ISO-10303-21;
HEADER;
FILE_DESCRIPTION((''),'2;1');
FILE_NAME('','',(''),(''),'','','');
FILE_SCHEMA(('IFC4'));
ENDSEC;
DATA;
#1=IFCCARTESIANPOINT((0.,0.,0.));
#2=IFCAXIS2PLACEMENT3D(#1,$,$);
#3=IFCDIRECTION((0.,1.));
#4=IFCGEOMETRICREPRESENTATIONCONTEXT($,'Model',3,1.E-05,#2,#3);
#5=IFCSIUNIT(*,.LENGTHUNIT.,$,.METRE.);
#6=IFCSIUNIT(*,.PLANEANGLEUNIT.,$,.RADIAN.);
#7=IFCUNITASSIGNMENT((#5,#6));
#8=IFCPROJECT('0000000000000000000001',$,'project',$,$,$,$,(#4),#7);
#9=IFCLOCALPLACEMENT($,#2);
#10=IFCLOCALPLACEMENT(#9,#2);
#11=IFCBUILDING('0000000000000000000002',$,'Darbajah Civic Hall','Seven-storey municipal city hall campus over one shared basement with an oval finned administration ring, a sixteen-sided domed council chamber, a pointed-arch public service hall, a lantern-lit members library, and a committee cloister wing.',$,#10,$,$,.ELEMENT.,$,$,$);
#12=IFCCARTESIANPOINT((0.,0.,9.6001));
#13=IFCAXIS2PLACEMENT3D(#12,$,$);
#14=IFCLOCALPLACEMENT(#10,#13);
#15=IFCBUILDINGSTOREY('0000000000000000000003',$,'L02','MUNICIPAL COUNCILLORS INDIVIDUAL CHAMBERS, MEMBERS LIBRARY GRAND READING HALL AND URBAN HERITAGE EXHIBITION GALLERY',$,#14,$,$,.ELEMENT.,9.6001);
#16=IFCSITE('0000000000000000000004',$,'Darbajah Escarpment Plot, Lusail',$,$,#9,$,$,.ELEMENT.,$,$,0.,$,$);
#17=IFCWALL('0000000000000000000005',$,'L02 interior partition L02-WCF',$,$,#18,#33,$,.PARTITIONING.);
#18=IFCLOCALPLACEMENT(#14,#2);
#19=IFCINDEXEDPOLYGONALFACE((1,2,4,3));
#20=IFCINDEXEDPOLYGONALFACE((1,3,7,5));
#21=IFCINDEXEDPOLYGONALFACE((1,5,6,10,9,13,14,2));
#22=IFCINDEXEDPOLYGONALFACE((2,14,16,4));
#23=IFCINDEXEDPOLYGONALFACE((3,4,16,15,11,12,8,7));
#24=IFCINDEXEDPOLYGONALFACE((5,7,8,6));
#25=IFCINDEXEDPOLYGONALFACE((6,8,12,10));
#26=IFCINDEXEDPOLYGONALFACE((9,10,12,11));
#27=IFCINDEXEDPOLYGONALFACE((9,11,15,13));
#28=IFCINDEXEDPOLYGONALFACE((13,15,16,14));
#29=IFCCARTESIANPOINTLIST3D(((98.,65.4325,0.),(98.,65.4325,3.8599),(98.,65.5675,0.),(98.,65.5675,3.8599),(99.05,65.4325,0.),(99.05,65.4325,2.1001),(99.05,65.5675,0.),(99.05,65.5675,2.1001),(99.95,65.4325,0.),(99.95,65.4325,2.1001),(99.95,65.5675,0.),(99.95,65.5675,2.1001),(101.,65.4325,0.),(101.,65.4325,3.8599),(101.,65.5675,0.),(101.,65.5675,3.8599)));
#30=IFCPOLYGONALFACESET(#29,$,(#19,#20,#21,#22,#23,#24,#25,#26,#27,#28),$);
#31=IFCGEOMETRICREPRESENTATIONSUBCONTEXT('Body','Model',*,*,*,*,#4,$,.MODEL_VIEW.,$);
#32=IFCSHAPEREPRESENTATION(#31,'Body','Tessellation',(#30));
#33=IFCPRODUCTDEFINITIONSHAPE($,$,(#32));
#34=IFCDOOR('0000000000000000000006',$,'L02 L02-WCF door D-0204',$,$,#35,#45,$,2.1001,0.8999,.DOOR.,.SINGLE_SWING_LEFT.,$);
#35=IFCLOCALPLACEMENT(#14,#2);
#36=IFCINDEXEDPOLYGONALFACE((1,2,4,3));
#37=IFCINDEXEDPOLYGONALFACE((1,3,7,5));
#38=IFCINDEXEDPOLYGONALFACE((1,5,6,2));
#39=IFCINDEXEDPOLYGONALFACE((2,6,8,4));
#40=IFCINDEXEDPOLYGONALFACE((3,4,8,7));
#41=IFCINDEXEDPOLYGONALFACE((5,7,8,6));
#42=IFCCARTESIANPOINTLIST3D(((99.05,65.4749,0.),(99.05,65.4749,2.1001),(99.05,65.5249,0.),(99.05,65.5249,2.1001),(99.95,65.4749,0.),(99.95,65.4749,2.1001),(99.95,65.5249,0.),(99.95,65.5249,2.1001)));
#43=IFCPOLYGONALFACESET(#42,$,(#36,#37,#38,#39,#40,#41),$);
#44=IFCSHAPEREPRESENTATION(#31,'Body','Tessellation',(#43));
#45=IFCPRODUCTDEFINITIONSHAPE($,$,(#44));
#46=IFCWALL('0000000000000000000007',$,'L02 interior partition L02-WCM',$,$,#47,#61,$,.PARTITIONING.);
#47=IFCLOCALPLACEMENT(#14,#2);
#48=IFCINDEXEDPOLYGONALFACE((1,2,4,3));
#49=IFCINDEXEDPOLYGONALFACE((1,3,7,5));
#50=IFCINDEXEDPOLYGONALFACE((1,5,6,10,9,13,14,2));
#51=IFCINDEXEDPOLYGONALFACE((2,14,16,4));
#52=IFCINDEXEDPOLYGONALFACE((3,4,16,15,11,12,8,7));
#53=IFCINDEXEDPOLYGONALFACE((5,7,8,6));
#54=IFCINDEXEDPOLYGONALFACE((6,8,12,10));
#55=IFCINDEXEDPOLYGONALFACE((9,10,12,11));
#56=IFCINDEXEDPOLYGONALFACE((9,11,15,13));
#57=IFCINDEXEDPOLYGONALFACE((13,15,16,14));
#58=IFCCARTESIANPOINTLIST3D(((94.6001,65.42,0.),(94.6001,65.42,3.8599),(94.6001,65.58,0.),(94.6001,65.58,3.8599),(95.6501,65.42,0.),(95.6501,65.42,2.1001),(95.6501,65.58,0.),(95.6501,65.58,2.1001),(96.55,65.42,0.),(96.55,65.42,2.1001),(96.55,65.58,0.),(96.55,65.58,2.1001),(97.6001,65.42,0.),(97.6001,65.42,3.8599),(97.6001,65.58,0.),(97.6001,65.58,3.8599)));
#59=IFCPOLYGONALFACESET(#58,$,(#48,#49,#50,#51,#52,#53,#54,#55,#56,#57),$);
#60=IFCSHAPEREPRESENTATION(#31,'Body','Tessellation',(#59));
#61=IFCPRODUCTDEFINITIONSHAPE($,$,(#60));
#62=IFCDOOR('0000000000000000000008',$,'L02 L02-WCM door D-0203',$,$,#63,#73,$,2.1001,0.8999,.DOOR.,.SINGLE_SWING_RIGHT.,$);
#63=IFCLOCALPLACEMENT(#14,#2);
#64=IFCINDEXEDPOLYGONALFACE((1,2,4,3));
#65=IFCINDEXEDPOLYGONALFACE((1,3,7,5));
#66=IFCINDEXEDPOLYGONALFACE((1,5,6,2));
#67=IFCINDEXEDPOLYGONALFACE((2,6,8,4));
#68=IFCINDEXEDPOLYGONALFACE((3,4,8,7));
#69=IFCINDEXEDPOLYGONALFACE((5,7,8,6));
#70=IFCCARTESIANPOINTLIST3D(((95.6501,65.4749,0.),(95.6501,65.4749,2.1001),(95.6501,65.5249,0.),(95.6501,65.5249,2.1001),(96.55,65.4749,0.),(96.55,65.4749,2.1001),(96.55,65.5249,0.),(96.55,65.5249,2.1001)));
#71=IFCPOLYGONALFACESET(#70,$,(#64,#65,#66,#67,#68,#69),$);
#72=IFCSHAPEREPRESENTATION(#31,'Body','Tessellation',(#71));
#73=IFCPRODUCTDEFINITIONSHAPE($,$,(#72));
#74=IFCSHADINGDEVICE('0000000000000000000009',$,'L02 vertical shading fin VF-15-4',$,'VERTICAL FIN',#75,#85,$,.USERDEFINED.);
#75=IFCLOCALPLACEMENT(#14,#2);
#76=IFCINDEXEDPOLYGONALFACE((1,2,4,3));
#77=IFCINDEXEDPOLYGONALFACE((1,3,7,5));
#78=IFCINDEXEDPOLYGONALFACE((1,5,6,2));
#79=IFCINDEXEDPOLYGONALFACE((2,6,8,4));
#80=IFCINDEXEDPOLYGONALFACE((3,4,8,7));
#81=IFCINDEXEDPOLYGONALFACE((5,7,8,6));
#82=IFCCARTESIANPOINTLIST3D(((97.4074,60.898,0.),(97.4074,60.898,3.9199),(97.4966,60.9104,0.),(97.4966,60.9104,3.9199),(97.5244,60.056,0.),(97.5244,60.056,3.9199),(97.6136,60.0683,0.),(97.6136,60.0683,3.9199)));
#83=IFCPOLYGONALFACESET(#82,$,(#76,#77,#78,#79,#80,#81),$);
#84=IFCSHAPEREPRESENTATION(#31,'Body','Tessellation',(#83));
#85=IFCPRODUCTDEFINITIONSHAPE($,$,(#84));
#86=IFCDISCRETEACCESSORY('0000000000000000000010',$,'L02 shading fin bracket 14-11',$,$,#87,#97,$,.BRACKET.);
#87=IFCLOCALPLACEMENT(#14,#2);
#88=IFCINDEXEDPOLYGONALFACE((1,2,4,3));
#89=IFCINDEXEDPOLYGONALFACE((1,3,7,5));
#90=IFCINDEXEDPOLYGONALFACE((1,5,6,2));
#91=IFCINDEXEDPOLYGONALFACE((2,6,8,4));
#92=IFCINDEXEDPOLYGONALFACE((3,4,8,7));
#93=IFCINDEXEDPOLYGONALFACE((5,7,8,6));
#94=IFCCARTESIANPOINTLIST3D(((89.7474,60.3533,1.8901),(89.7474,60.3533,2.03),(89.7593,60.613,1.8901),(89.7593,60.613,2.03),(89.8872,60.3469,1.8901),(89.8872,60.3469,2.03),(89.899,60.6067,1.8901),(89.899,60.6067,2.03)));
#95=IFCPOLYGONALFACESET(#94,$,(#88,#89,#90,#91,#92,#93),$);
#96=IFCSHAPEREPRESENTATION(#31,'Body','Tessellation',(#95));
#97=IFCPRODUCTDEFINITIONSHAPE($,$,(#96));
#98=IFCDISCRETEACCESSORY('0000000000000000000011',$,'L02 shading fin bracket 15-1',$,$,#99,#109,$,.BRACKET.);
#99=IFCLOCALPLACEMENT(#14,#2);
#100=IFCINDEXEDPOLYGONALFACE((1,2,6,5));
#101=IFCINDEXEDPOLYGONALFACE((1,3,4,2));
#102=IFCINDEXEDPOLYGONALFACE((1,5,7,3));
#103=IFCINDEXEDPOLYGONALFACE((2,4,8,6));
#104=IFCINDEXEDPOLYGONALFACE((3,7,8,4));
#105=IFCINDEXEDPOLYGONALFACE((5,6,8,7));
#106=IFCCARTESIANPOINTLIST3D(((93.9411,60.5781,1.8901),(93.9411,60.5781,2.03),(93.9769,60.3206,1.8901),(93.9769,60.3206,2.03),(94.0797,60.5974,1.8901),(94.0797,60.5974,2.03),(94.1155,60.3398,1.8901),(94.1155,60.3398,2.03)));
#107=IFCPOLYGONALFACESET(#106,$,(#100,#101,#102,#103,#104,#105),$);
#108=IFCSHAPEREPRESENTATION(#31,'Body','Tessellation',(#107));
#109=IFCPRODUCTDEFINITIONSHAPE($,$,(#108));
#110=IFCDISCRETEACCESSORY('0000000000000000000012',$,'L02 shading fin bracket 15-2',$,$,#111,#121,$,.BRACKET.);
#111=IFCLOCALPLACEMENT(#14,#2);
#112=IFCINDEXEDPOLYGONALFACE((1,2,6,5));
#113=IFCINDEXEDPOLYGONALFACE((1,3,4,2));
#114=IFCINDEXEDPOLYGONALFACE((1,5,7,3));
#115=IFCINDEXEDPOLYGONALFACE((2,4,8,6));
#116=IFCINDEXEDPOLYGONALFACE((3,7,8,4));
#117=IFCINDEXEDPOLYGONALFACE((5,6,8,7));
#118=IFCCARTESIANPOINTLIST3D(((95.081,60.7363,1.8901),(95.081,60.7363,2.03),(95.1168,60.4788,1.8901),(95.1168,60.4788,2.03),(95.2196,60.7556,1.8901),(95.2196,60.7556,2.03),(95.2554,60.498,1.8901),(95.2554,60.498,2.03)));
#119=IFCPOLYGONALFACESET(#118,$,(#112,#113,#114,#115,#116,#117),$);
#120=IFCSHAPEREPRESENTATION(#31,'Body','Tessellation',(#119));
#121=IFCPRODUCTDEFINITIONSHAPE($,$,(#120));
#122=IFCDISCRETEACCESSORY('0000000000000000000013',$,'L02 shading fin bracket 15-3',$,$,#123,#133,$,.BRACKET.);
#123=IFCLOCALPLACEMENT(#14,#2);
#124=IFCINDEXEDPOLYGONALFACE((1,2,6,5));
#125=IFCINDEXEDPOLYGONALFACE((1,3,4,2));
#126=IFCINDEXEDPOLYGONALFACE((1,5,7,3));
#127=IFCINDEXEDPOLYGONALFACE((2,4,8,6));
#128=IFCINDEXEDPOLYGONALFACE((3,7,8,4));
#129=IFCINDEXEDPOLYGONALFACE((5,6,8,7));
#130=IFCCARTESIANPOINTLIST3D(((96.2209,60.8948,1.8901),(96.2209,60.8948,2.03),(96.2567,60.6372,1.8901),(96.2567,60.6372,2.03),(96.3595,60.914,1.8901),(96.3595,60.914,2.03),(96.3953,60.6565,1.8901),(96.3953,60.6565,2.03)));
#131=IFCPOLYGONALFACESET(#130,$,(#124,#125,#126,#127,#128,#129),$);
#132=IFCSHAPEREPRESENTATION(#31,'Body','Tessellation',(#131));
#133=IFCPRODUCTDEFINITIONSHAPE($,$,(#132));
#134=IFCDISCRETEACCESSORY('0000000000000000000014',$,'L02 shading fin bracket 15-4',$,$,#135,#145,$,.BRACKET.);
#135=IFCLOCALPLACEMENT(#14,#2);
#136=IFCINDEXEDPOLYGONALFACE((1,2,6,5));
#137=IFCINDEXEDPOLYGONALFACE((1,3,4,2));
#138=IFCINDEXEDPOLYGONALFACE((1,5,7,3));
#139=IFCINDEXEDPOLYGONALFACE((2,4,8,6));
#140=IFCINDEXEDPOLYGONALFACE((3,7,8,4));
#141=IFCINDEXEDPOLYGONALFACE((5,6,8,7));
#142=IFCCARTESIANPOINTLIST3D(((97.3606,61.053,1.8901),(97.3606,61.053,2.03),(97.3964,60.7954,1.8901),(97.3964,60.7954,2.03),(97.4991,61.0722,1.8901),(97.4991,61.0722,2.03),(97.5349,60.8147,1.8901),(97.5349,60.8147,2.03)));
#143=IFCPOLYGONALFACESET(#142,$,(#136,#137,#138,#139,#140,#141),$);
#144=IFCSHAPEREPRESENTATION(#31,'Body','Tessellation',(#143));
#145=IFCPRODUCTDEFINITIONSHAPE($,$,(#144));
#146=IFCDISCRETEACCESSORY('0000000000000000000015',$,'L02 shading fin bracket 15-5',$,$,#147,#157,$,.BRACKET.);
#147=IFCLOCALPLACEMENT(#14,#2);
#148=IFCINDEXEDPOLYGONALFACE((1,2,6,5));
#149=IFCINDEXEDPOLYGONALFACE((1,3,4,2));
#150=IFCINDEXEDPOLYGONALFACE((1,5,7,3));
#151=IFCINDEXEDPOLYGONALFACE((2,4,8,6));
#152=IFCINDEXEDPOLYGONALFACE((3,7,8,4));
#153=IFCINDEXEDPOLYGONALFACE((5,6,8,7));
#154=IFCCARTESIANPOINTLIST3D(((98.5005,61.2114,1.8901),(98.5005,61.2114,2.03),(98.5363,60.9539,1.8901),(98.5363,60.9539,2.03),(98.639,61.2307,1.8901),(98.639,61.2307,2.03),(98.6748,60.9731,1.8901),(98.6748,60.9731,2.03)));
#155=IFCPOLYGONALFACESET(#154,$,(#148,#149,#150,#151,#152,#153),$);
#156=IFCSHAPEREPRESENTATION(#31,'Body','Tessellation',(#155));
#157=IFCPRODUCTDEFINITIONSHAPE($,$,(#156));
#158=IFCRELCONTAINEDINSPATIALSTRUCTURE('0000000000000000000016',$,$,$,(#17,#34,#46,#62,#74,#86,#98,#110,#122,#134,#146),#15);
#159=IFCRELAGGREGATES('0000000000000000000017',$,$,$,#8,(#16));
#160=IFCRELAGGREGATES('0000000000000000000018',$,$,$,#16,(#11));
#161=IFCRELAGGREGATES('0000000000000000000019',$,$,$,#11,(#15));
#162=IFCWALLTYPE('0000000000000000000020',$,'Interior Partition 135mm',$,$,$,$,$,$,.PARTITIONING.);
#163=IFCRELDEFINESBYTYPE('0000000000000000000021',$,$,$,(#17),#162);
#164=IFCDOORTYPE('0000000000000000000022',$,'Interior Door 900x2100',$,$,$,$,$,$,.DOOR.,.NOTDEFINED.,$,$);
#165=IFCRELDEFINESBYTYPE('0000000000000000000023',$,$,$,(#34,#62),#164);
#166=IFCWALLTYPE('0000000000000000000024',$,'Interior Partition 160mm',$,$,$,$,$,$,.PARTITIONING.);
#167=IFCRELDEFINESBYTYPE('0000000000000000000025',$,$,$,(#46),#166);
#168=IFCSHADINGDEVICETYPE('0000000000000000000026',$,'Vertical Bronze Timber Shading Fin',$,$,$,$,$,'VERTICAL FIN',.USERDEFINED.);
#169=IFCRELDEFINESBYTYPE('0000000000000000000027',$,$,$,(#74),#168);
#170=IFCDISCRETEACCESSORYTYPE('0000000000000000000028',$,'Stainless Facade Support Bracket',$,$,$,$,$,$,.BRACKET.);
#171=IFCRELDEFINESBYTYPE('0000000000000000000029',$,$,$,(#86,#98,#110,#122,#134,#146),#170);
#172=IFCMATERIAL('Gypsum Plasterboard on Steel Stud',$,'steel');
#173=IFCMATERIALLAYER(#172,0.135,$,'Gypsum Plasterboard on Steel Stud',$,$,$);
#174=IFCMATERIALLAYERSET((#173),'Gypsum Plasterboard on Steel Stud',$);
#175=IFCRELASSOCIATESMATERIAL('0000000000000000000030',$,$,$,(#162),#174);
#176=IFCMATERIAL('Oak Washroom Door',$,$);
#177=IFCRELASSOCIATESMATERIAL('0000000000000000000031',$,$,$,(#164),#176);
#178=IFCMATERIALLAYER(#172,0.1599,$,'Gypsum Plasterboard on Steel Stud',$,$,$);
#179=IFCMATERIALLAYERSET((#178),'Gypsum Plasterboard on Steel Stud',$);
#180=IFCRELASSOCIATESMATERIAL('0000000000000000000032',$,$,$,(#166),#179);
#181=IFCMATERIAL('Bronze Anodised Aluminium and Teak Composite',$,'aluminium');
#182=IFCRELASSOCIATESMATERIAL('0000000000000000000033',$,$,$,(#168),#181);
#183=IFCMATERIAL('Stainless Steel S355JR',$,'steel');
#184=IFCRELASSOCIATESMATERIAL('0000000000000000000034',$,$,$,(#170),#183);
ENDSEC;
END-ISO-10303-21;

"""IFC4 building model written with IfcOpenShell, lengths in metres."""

from ifc_helpers import new_model, si_unit, direction, frame, frame_2d, origin, origin_2d, place, context, subcontext, project, spatial, rectangle, extrude, material, layer, layer_set, type_object, element, fill, save


model = new_model("IFC4")

# Units and contexts
model_context = context("Model", 3, precision=1e-05, world=origin(), true_north=direction((0.0, 1.0)))
body_context = subcontext(model_context, "Body", "Model", "MODEL_VIEW")
ifc_project = project(units=[si_unit("LENGTHUNIT", "METRE"), si_unit("PLANEANGLEUNIT", "RADIAN")], contexts=[model_context])

# Site, building, storey
site_placement = place(None, origin())
site = spatial("IfcSite", under=ifc_project, at=site_placement, Name="Darbajah Escarpment Plot, Lusail", CompositionType="ELEMENT", RefElevation=0.0)
building_placement = place(site_placement, origin())
building = spatial("IfcBuilding", under=site, at=building_placement, Name="Darbajah Civic Hall", Description="Seven-storey municipal city hall campus over one shared basement with an oval finned administration ring, a sixteen-sided domed council chamber, a pointed-arch public service hall, a lantern-lit members library, and a committee cloister wing.", CompositionType="ELEMENT")
storey_placement = place(building_placement, frame((0.0, 0.0, 9.6001)))
storey = spatial("IfcBuildingStorey", under=building, at=storey_placement, Name="L02", Description="MUNICIPAL COUNCILLORS INDIVIDUAL CHAMBERS, MEMBERS LIBRARY GRAND READING HALL AND URBAN HERITAGE EXHIBITION GALLERY", CompositionType="ELEMENT", Elevation=9.6001)

# Shared definitions
ifc_material_1 = material(Name="Gypsum Plasterboard on Steel Stud", Category="steel")
ifc_layer_1 = layer(ifc_material_1, 0.135, Name="Gypsum Plasterboard on Steel Stud")
ifc_layer_set_1 = layer_set([ifc_layer_1], Name="Gypsum Plasterboard on Steel Stud")
wall_type_1 = type_object("IfcWallType", Name="Interior Partition 135mm", PredefinedType="PARTITIONING", material=ifc_layer_set_1)

# Walls, openings, doors
wall_1_placement = place(storey_placement, frame((98.0, 65.5, 0.0), z_axis=(0.0, 0.0, 1.0), x_axis=(1.0, 0.0, 0.0)))
wall_1 = element("IfcWall", 1, at=wall_1_placement, inside=storey, type_object=wall_type_1, Name="L02 interior partition L02-WCF", PredefinedType="PARTITIONING", context=body_context, shape_type="SweptSolid", body=[
    extrude(rectangle(XDim=3.0, YDim=0.135, at=frame_2d((1.5, 0.0))), origin(), (0.0, 0.0, 1.0), 3.8599),
])
opening_1_placement = place(wall_1_placement, frame((1.05, 0.0, 0.0)))
opening_1 = element("IfcOpeningElement", 2, at=opening_1_placement, cuts=wall_1, PredefinedType="OPENING", context=body_context, shape_type="SweptSolid", body=[
    extrude(rectangle(XDim=0.8999, YDim=2.1001, at=frame_2d((0.45, 1.05))), frame((0.0, 0.0774, 0.0), z_axis=(0.0, -1.0, 0.0), x_axis=(1.0, 0.0, 0.0)), (0.0, 0.0, 1.0), 0.155),
])
ifc_material_2 = material(Name="Oak Washroom Door")
door_type = type_object("IfcDoorType", Name="Interior Door 900x2100", OperationType="NOTDEFINED", PredefinedType="DOOR", material=ifc_material_2)
door_1_placement = place(opening_1_placement, origin())
door_1 = element("IfcDoor", 3, at=door_1_placement, inside=storey, type_object=door_type, Name="L02 L02-WCF door D-0204", OperationType="SINGLE_SWING_LEFT", OverallHeight=2.1001, OverallWidth=0.8999, PredefinedType="DOOR", context=body_context, shape_type="SweptSolid", body=[
    extrude(rectangle(XDim=0.8999, YDim=2.1001, at=frame_2d((0.45, 1.05))), frame((0.0, 0.0249, 0.0), z_axis=(0.0, -1.0, 0.0), x_axis=(1.0, 0.0, 0.0)), (0.0, 0.0, 1.0), 0.05),
])
fill(opening_1, door_1)
ifc_layer_2 = layer(ifc_material_1, 0.1599, Name="Gypsum Plasterboard on Steel Stud")
ifc_layer_set_2 = layer_set([ifc_layer_2], Name="Gypsum Plasterboard on Steel Stud")
wall_type_2 = type_object("IfcWallType", Name="Interior Partition 160mm", PredefinedType="PARTITIONING", material=ifc_layer_set_2)
wall_2_placement = place(storey_placement, frame((94.6001, 65.5, 0.0), z_axis=(0.0, 0.0, 1.0), x_axis=(1.0, 0.0, 0.0)))
wall_2 = element("IfcWall", 4, at=wall_2_placement, inside=storey, type_object=wall_type_2, Name="L02 interior partition L02-WCM", PredefinedType="PARTITIONING", context=body_context, shape_type="SweptSolid", body=[
    extrude(rectangle(XDim=3.0, YDim=0.1599, at=frame_2d((1.5, 0.0))), origin(), (0.0, 0.0, 1.0), 3.8599),
])
opening_2_placement = place(wall_2_placement, frame((1.05, 0.0, 0.0)))
opening_2 = element("IfcOpeningElement", 5, at=opening_2_placement, cuts=wall_2, PredefinedType="OPENING", context=body_context, shape_type="SweptSolid", body=[
    extrude(rectangle(XDim=0.8999, YDim=2.1001, at=frame_2d((0.45, 1.05))), frame((0.0, 0.0898, 0.0), z_axis=(0.0, -1.0, 0.0), x_axis=(1.0, 0.0, 0.0)), (0.0, 0.0, 1.0), 0.1799),
])
door_2_placement = place(opening_2_placement, origin())
door_2 = element("IfcDoor", 6, at=door_2_placement, inside=storey, type_object=door_type, Name="L02 L02-WCM door D-0203", OperationType="SINGLE_SWING_RIGHT", OverallHeight=2.1001, OverallWidth=0.8999, PredefinedType="DOOR", context=body_context, shape_type="SweptSolid", body=[
    extrude(rectangle(XDim=0.8999, YDim=2.1001, at=frame_2d((0.45, 1.05))), frame((0.0, 0.0249, 0.0), z_axis=(0.0, -1.0, 0.0), x_axis=(1.0, 0.0, 0.0)), (0.0, 0.0, 1.0), 0.05),
])
fill(opening_2, door_2)

# Shading device
ifc_material_3 = material(Name="Bronze Anodised Aluminium and Teak Composite", Category="aluminium")
shading_device_type = type_object("IfcShadingDeviceType", Name="Vertical Bronze Timber Shading Fin", ElementType="VERTICAL FIN", PredefinedType="USERDEFINED", material=ifc_material_3)
shading_device_placement = place(storey_placement, frame((97.5105, 60.4832, 0.0), z_axis=(0.0, 0.0, 1.0), x_axis=(0.137617, -0.990485, 0.0)))
element("IfcShadingDevice", 7, at=shading_device_placement, inside=storey, type_object=shading_device_type, Name="L02 vertical shading fin VF-15-4", ObjectType="VERTICAL FIN", PredefinedType="USERDEFINED", context=body_context, shape_type="SweptSolid", body=[
    extrude(rectangle(XDim=0.8501, YDim=0.0901, at=origin_2d()), origin(), (0.0, 0.0, 1.0), 3.9199),
])

# Discrete accessories
ifc_material_4 = material(Name="Stainless Steel S355JR", Category="steel")
discrete_accessory_type = type_object("IfcDiscreteAccessoryType", Name="Stainless Facade Support Bracket", PredefinedType="BRACKET", material=ifc_material_4)
for number, where, z_axis, x_axis, name in (
    (8, (89.8232, 60.48, 1.8901), (0.0, 0.0, 1.0), (-0.045537, -0.998963, 0.0), "L02 shading fin bracket 14-11"),
    (9, (94.0283, 60.459, 1.8901), (0.0, 0.0, 1.0), (0.137617, -0.990485, 0.0), "L02 shading fin bracket 15-1"),
    (10, (95.1682, 60.6172, 1.8901), (0.0, 0.0, 1.0), (0.137617, -0.990485, 0.0), "L02 shading fin bracket 15-2"),
    (11, (96.3081, 60.7756, 1.8901), (0.0, 0.0, 1.0), (0.137617, -0.990485, 0.0), "L02 shading fin bracket 15-3"),
    (12, (97.4478, 60.9338, 1.8901), (0.0, 0.0, 1.0), (0.137617, -0.990485, 0.0), "L02 shading fin bracket 15-4"),
    (13, (98.5876, 61.0923, 1.8901), (0.0, 0.0, 1.0), (0.137617, -0.990485, 0.0), "L02 shading fin bracket 15-5"),
):
    element("IfcDiscreteAccessory", number, at=place(storey_placement, frame(where, z_axis=z_axis, x_axis=x_axis)), inside=storey, type_object=discrete_accessory_type, Name=name, PredefinedType="BRACKET", context=body_context, shape_type="SweptSolid", body=[
        extrude(rectangle(XDim=0.26, YDim=0.1399, at=origin_2d()), origin(), (0.0, 0.0, 1.0), 0.1399),
    ])

save(model, "model.ifc")
